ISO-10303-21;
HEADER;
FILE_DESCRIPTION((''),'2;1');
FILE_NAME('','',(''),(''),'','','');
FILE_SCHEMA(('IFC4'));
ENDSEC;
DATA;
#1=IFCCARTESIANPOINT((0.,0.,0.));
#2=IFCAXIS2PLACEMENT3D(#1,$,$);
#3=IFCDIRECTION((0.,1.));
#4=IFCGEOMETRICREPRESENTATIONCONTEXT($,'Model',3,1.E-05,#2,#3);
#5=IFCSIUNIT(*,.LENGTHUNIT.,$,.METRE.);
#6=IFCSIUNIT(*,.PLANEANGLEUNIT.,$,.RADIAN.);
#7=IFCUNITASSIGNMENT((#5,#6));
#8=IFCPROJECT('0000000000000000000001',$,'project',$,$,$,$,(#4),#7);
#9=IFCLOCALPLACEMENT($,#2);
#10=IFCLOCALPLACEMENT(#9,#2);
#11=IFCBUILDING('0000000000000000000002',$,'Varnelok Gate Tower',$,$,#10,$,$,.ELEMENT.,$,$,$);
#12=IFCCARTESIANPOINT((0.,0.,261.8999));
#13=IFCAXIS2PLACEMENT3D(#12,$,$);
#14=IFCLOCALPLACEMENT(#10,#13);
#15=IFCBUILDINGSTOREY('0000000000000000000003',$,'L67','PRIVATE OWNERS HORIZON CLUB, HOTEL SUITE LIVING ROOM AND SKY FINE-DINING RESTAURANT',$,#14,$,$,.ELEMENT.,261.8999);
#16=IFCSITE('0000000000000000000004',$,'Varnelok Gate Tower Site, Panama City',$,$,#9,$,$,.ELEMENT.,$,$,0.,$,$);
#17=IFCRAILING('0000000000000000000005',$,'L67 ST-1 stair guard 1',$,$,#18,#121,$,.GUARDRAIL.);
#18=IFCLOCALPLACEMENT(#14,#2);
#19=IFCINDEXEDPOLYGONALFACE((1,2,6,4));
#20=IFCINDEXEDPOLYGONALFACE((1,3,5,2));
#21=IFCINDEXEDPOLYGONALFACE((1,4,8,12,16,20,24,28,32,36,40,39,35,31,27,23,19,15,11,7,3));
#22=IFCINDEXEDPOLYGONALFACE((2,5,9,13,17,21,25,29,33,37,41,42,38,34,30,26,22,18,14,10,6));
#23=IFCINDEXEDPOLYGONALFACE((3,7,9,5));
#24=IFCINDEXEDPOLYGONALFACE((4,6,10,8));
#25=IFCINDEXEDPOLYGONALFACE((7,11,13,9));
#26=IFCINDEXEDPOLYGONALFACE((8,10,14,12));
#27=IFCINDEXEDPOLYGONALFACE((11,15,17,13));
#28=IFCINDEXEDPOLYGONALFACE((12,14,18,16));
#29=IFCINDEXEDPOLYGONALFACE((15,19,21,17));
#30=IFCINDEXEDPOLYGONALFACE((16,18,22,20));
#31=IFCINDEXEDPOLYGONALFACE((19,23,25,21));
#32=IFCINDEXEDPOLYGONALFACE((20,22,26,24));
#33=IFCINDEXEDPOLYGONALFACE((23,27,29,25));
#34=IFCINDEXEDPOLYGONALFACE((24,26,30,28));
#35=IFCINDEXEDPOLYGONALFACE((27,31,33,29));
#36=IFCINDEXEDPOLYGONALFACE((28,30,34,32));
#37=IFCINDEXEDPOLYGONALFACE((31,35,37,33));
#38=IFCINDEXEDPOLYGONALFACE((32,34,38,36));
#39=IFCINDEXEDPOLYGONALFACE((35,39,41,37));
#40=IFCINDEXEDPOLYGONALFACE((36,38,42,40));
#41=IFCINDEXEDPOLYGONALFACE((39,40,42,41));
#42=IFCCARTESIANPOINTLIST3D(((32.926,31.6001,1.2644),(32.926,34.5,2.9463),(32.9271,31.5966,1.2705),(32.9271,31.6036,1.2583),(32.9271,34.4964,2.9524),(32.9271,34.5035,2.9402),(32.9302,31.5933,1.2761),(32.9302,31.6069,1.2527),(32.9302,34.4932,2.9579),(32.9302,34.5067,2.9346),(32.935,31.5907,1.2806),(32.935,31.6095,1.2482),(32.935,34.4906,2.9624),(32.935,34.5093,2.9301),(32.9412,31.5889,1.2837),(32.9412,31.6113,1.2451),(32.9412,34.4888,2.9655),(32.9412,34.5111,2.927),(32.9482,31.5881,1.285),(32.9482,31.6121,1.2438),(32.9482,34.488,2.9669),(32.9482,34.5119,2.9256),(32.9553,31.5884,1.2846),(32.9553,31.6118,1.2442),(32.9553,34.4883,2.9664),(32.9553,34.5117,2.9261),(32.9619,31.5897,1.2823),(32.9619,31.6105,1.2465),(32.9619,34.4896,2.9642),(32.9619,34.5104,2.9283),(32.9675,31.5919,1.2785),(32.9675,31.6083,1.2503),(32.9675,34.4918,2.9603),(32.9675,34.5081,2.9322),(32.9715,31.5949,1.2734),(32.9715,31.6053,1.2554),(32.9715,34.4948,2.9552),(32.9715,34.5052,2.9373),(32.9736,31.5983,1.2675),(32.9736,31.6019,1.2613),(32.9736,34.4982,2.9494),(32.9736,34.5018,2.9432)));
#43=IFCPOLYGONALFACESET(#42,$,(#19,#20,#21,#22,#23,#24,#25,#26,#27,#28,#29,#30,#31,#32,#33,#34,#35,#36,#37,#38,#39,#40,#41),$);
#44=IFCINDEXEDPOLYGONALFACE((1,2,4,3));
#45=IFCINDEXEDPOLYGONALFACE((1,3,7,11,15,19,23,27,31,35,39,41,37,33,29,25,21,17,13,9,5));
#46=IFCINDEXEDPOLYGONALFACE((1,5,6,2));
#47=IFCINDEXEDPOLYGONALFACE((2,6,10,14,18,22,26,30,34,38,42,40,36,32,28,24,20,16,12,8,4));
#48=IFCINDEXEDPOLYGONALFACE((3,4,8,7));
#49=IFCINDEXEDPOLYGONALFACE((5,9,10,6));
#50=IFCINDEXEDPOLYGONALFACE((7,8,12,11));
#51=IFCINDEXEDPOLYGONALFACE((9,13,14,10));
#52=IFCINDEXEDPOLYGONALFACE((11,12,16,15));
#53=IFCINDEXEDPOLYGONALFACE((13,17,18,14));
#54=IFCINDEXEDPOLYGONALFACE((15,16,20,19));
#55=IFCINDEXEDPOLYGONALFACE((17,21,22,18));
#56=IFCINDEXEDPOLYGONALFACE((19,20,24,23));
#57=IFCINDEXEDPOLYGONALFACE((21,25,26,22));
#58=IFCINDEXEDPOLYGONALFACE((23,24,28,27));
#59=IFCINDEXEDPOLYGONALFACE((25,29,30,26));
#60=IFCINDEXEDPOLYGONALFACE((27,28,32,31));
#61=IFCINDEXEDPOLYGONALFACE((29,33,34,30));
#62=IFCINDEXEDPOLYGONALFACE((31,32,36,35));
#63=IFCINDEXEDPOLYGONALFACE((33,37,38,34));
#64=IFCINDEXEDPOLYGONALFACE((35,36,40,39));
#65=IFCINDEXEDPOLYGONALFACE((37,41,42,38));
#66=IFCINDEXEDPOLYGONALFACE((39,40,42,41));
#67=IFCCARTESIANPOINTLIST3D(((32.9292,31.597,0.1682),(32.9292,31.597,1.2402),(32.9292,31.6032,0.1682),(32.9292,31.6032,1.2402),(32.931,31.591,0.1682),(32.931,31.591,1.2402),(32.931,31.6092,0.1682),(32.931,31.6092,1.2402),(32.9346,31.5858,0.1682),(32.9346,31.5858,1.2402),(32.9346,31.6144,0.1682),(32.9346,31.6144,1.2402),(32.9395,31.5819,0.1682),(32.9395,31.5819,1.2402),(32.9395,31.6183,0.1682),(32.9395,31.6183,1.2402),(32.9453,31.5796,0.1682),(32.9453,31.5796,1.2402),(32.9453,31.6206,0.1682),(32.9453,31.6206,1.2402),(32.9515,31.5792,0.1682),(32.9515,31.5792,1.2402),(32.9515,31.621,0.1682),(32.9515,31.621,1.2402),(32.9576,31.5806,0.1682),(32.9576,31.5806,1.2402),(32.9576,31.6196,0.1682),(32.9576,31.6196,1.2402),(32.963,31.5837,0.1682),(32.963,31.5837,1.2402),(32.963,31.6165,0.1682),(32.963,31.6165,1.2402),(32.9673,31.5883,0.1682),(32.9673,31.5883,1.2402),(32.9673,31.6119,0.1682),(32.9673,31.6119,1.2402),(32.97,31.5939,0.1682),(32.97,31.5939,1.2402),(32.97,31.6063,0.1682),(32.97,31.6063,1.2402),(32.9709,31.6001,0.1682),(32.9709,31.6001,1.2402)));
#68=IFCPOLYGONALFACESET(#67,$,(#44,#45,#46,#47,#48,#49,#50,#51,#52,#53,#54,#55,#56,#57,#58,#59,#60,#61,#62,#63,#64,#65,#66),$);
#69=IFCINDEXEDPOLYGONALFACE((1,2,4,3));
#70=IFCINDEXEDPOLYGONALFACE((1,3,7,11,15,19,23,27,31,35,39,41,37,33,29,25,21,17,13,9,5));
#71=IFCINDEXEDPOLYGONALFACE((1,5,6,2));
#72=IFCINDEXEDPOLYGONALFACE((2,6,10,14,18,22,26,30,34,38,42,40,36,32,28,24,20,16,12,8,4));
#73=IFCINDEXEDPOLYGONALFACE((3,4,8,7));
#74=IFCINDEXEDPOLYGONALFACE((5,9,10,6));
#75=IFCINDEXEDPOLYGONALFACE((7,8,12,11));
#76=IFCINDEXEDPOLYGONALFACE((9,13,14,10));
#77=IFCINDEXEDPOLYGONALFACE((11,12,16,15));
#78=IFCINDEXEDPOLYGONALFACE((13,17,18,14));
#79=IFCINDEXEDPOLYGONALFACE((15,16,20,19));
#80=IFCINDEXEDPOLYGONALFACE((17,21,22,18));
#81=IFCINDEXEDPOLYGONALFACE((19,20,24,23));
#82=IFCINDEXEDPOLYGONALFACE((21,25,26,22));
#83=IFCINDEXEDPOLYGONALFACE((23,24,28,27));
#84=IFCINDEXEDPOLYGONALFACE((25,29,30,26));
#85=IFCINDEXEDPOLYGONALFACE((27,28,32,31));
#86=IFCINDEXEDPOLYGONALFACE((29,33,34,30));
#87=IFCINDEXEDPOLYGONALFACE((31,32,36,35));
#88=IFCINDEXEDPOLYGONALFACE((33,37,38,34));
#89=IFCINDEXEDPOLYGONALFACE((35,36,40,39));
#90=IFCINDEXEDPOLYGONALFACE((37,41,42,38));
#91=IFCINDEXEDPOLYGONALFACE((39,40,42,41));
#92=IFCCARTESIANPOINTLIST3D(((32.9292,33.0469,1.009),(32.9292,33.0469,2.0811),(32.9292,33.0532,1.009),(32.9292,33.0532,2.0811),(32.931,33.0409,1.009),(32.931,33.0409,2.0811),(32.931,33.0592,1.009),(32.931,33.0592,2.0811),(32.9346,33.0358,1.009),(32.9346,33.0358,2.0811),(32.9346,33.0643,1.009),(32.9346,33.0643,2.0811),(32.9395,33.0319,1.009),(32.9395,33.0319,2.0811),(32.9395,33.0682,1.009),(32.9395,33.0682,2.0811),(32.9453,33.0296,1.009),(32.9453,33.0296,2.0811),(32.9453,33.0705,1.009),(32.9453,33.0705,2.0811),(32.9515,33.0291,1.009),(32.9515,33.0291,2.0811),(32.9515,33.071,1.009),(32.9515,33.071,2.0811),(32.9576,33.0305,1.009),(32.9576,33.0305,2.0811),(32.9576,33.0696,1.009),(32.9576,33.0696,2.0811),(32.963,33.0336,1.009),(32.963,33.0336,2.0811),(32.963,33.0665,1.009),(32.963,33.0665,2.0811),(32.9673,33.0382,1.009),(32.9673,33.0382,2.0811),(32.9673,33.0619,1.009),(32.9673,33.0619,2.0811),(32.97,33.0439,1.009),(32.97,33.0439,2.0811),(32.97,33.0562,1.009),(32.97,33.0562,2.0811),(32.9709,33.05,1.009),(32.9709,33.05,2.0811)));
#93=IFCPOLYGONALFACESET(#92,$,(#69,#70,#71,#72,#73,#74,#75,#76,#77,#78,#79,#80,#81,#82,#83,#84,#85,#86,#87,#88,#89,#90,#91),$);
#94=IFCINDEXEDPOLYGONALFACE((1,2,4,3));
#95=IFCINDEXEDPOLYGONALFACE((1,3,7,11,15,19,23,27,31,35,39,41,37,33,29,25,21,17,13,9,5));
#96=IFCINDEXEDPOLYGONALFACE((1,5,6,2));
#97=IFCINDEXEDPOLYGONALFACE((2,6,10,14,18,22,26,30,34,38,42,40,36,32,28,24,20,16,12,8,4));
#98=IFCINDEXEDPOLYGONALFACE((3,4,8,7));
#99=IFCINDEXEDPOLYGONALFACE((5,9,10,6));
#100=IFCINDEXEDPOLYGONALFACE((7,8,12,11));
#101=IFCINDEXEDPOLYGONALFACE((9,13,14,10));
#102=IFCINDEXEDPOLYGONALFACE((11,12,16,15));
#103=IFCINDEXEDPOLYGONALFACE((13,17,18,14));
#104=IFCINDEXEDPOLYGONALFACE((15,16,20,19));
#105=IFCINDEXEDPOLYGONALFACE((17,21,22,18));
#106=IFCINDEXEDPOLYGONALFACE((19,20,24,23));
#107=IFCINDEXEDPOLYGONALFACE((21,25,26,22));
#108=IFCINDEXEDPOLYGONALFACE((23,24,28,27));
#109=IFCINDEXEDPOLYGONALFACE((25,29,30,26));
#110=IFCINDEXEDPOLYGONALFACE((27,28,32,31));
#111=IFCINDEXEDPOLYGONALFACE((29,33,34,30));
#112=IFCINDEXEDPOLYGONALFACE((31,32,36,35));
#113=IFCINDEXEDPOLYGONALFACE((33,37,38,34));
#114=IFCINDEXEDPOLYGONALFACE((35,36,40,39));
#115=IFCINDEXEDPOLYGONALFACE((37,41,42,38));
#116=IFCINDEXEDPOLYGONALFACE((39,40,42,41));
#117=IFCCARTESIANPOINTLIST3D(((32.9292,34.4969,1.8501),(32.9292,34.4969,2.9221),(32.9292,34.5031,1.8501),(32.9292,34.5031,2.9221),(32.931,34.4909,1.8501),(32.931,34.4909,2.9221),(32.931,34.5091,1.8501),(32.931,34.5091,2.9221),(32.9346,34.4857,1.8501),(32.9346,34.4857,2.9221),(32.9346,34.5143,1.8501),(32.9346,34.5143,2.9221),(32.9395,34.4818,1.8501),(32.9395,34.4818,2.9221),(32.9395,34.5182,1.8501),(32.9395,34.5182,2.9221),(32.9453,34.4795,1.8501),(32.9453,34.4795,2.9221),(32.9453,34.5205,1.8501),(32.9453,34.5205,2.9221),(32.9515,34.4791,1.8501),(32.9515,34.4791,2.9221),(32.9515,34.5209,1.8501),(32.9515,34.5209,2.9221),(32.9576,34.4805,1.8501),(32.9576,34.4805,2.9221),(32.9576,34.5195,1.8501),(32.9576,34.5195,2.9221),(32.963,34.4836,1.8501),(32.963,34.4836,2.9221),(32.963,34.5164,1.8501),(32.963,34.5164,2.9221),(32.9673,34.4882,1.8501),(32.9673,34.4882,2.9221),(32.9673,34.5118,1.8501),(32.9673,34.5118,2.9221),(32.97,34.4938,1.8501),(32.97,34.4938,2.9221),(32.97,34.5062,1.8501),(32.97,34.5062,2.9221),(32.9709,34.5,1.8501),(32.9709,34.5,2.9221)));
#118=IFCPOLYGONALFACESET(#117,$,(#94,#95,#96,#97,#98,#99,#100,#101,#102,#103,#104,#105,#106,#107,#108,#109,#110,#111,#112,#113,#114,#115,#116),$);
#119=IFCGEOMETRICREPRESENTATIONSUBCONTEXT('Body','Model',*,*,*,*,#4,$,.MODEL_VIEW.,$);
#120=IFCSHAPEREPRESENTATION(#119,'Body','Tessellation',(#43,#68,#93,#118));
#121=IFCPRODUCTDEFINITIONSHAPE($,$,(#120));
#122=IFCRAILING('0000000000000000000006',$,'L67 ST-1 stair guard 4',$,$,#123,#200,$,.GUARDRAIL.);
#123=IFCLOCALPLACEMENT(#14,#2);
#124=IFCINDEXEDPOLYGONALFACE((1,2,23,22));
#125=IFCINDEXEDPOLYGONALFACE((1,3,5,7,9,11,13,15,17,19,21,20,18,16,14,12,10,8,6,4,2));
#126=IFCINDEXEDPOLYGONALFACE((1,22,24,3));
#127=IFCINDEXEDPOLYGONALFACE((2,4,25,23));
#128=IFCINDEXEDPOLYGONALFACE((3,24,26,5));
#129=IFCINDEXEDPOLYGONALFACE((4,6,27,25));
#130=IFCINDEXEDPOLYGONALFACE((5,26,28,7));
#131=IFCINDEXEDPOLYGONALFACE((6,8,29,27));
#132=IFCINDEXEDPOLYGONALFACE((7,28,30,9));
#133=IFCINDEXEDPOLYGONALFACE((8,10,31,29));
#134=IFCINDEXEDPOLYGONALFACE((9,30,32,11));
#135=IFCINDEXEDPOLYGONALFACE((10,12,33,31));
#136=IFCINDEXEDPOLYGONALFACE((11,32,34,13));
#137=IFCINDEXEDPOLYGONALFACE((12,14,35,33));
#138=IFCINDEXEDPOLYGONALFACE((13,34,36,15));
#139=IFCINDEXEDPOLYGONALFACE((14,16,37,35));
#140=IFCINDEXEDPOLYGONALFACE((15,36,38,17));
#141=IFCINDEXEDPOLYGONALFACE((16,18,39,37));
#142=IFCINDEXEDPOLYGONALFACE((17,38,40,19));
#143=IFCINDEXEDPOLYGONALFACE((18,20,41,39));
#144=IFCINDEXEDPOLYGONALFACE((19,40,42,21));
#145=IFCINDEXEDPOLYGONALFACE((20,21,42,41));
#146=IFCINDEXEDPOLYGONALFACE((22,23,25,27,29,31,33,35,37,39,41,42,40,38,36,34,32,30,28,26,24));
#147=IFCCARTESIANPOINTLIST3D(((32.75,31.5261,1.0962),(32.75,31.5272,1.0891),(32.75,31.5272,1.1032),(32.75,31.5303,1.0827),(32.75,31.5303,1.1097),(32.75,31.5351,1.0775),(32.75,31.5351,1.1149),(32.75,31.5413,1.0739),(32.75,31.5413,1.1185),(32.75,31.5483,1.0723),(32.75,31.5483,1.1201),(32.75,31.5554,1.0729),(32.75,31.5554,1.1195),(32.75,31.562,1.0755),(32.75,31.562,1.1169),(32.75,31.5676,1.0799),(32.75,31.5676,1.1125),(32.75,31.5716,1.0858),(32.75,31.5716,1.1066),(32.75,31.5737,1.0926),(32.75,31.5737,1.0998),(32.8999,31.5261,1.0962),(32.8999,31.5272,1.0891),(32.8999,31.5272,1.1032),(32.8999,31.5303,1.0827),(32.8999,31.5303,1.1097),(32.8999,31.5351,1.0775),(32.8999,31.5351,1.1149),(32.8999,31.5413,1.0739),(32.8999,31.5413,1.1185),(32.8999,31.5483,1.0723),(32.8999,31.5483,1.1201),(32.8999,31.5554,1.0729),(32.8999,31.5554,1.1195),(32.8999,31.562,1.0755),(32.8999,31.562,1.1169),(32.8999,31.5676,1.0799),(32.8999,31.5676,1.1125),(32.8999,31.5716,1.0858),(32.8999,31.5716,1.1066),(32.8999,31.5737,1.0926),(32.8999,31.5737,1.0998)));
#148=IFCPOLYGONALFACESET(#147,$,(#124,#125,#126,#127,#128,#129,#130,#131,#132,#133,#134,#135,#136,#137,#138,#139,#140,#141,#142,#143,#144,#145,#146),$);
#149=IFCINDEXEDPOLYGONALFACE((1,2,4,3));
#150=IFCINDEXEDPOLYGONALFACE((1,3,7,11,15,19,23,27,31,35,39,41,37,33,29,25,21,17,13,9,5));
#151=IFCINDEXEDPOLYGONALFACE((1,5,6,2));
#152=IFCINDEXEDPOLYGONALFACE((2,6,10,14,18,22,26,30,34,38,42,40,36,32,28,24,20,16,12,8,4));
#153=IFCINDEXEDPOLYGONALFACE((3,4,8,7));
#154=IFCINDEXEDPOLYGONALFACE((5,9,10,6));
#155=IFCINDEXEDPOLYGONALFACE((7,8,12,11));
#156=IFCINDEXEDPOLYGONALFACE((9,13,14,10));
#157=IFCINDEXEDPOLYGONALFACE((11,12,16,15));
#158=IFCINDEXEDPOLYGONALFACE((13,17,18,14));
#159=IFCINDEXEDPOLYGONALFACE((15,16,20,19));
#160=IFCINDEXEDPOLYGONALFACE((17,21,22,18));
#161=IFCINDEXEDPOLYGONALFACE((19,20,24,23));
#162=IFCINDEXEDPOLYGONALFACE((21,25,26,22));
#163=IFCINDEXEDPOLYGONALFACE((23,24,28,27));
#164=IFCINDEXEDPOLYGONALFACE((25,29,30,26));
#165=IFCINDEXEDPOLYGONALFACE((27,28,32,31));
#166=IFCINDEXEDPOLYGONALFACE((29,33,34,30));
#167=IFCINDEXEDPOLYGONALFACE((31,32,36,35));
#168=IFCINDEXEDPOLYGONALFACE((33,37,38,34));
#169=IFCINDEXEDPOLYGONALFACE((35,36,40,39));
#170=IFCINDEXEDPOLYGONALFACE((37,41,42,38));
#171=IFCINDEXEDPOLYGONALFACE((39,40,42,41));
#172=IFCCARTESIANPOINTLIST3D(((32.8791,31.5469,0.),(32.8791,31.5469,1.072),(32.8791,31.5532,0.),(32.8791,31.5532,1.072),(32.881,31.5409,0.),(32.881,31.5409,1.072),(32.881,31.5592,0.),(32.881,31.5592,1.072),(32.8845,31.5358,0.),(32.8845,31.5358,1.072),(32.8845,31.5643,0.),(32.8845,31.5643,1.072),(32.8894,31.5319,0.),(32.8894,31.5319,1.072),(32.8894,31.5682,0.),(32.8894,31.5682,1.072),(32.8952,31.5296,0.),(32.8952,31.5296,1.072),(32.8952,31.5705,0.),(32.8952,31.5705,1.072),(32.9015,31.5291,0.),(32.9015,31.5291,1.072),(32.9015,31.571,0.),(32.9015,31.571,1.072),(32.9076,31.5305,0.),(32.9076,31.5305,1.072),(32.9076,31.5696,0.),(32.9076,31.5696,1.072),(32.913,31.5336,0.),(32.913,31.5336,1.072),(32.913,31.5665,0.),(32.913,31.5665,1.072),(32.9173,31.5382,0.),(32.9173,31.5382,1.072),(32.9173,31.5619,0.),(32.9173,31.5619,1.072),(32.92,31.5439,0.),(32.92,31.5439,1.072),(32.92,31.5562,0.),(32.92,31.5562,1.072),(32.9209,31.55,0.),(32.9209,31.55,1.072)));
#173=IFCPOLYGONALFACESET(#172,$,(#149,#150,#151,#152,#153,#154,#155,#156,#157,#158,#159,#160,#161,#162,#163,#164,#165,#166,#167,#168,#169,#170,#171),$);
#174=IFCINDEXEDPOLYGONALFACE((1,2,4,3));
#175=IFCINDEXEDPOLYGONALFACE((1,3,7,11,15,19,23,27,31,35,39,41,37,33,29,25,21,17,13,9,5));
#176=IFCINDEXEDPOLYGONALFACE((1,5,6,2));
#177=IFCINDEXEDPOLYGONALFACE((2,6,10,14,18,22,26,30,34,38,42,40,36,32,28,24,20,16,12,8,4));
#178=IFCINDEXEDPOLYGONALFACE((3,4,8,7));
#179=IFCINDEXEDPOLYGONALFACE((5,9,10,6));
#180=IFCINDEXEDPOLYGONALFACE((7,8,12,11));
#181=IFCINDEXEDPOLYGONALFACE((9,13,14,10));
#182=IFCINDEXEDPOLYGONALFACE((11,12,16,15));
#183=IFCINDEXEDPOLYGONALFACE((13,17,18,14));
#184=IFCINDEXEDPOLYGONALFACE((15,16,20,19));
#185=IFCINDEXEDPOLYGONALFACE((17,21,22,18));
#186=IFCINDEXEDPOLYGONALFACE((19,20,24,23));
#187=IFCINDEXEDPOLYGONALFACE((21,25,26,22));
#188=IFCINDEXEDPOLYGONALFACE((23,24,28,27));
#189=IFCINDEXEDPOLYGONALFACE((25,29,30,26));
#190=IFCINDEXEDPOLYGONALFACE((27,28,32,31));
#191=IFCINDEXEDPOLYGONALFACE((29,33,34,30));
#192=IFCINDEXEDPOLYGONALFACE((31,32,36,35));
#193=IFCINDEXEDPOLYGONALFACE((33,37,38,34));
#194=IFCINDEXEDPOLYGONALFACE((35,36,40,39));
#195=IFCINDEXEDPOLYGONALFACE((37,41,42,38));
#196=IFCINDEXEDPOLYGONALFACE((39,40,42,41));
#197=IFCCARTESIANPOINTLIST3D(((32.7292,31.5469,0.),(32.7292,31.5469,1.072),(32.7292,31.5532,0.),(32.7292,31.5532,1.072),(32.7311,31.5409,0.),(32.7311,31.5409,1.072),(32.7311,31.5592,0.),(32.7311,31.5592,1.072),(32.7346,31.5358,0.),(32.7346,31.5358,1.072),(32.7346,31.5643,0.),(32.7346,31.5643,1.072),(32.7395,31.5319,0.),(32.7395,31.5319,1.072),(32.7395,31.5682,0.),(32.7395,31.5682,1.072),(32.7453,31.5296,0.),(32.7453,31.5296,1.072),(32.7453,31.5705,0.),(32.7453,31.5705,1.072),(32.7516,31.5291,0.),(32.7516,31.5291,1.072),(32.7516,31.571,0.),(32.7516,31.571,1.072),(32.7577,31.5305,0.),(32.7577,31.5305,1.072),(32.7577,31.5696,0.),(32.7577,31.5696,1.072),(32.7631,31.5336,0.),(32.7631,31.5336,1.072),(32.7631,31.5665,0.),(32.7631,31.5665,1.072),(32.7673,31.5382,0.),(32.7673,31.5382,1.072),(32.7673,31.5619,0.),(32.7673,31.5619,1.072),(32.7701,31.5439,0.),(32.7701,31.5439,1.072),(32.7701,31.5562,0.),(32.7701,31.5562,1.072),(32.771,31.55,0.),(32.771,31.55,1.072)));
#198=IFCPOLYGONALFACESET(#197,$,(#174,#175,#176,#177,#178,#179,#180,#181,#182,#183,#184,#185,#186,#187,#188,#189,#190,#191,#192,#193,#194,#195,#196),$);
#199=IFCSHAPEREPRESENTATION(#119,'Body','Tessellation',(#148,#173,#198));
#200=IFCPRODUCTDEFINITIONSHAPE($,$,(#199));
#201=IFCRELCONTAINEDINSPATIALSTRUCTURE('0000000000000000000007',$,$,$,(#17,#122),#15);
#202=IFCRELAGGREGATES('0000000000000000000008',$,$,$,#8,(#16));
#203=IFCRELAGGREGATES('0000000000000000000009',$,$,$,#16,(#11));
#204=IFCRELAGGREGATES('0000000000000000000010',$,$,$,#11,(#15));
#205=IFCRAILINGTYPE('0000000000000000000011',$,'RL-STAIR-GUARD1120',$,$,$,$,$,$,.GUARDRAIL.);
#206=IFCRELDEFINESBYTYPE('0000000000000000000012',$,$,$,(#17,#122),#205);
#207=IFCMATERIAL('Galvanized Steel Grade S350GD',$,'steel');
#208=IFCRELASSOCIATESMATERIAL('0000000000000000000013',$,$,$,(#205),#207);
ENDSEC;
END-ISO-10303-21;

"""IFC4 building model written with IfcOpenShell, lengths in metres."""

from ifc_helpers import new_model, si_unit, direction, frame, origin, origin_2d, place, context, subcontext, project, spatial, circle, extrude, material, type_object, element, save


model = new_model("IFC4")

# Units and contexts
model_context = context("Model", 3, precision=1e-05, world=origin(), true_north=direction((0.0, 1.0)))
body_context = subcontext(model_context, "Body", "Model", "MODEL_VIEW")
ifc_project = project(units=[si_unit("LENGTHUNIT", "METRE"), si_unit("PLANEANGLEUNIT", "RADIAN")], contexts=[model_context])

# Site, building, storey
site_placement = place(None, origin())
site = spatial("IfcSite", under=ifc_project, at=site_placement, Name="Varnelok Gate Tower Site, Panama City", CompositionType="ELEMENT", RefElevation=0.0)
building_placement = place(site_placement, origin())
building = spatial("IfcBuilding", under=site, at=building_placement, Name="Varnelok Gate Tower", CompositionType="ELEMENT")
storey_placement = place(building_placement, frame((0.0, 0.0, 261.8999)))
storey = spatial("IfcBuildingStorey", under=building, at=storey_placement, Name="L67", Description="PRIVATE OWNERS HORIZON CLUB, HOTEL SUITE LIVING ROOM AND SKY FINE-DINING RESTAURANT", CompositionType="ELEMENT", Elevation=261.8999)

# Shared definitions
ifc_material_1 = material(Name="Galvanized Steel Grade S350GD", Category="steel")

# Railings
railing_type_1 = type_object("IfcRailingType", Name="RL-STAIR-GUARD1120", PredefinedType="GUARDRAIL", material=ifc_material_1)
railing_1_placement = place(storey_placement, frame((32.95, 31.6001, 0.1682)))
element("IfcRailing", 1, at=railing_1_placement, inside=storey, type_object=railing_type_1, Name="L67 ST-1 stair guard 1", PredefinedType="GUARDRAIL", context=body_context, shape_type="SweptSolid", body=[
    extrude(circle(Radius=0.0239, at=origin_2d()), frame((0.0, 0.0, 1.0962), z_axis=(0.0, 0.865039, 0.501705), x_axis=(-1.0, 0.0, 0.0)), (0.0, 0.0, 1.0), 3.3523),
    extrude(circle(Radius=0.021, at=origin_2d()), origin(), (0.0, 0.0, 1.0), 1.072),
    extrude(circle(Radius=0.021, at=origin_2d()), frame((0.0, 1.45, 0.8408)), (0.0, 0.0, 1.0), 1.072),
    extrude(circle(Radius=0.021, at=origin_2d()), frame((0.0, 2.8999, 1.6819)), (0.0, 0.0, 1.0), 1.072),
])
railing_2_placement = place(storey_placement, frame((32.8999, 31.55, 0.0)))
element("IfcRailing", 2, at=railing_2_placement, inside=storey, type_object=railing_type_1, Name="L67 ST-1 stair guard 4", PredefinedType="GUARDRAIL", context=body_context, shape_type="SweptSolid", body=[
    extrude(circle(Radius=0.0239, at=origin_2d()), frame((0.0, 0.0, 1.0962), z_axis=(-1.0, 0.0, 0.0), x_axis=(0.0, -1.0, 0.0)), (0.0, 0.0, 1.0), 0.1499),
    extrude(circle(Radius=0.021, at=origin_2d()), origin(), (0.0, 0.0, 1.0), 1.072),
    extrude(circle(Radius=0.021, at=origin_2d()), frame((-0.1499, 0.0, 0.0)), (0.0, 0.0, 1.0), 1.072),
])

save(model, "model.ifc")
